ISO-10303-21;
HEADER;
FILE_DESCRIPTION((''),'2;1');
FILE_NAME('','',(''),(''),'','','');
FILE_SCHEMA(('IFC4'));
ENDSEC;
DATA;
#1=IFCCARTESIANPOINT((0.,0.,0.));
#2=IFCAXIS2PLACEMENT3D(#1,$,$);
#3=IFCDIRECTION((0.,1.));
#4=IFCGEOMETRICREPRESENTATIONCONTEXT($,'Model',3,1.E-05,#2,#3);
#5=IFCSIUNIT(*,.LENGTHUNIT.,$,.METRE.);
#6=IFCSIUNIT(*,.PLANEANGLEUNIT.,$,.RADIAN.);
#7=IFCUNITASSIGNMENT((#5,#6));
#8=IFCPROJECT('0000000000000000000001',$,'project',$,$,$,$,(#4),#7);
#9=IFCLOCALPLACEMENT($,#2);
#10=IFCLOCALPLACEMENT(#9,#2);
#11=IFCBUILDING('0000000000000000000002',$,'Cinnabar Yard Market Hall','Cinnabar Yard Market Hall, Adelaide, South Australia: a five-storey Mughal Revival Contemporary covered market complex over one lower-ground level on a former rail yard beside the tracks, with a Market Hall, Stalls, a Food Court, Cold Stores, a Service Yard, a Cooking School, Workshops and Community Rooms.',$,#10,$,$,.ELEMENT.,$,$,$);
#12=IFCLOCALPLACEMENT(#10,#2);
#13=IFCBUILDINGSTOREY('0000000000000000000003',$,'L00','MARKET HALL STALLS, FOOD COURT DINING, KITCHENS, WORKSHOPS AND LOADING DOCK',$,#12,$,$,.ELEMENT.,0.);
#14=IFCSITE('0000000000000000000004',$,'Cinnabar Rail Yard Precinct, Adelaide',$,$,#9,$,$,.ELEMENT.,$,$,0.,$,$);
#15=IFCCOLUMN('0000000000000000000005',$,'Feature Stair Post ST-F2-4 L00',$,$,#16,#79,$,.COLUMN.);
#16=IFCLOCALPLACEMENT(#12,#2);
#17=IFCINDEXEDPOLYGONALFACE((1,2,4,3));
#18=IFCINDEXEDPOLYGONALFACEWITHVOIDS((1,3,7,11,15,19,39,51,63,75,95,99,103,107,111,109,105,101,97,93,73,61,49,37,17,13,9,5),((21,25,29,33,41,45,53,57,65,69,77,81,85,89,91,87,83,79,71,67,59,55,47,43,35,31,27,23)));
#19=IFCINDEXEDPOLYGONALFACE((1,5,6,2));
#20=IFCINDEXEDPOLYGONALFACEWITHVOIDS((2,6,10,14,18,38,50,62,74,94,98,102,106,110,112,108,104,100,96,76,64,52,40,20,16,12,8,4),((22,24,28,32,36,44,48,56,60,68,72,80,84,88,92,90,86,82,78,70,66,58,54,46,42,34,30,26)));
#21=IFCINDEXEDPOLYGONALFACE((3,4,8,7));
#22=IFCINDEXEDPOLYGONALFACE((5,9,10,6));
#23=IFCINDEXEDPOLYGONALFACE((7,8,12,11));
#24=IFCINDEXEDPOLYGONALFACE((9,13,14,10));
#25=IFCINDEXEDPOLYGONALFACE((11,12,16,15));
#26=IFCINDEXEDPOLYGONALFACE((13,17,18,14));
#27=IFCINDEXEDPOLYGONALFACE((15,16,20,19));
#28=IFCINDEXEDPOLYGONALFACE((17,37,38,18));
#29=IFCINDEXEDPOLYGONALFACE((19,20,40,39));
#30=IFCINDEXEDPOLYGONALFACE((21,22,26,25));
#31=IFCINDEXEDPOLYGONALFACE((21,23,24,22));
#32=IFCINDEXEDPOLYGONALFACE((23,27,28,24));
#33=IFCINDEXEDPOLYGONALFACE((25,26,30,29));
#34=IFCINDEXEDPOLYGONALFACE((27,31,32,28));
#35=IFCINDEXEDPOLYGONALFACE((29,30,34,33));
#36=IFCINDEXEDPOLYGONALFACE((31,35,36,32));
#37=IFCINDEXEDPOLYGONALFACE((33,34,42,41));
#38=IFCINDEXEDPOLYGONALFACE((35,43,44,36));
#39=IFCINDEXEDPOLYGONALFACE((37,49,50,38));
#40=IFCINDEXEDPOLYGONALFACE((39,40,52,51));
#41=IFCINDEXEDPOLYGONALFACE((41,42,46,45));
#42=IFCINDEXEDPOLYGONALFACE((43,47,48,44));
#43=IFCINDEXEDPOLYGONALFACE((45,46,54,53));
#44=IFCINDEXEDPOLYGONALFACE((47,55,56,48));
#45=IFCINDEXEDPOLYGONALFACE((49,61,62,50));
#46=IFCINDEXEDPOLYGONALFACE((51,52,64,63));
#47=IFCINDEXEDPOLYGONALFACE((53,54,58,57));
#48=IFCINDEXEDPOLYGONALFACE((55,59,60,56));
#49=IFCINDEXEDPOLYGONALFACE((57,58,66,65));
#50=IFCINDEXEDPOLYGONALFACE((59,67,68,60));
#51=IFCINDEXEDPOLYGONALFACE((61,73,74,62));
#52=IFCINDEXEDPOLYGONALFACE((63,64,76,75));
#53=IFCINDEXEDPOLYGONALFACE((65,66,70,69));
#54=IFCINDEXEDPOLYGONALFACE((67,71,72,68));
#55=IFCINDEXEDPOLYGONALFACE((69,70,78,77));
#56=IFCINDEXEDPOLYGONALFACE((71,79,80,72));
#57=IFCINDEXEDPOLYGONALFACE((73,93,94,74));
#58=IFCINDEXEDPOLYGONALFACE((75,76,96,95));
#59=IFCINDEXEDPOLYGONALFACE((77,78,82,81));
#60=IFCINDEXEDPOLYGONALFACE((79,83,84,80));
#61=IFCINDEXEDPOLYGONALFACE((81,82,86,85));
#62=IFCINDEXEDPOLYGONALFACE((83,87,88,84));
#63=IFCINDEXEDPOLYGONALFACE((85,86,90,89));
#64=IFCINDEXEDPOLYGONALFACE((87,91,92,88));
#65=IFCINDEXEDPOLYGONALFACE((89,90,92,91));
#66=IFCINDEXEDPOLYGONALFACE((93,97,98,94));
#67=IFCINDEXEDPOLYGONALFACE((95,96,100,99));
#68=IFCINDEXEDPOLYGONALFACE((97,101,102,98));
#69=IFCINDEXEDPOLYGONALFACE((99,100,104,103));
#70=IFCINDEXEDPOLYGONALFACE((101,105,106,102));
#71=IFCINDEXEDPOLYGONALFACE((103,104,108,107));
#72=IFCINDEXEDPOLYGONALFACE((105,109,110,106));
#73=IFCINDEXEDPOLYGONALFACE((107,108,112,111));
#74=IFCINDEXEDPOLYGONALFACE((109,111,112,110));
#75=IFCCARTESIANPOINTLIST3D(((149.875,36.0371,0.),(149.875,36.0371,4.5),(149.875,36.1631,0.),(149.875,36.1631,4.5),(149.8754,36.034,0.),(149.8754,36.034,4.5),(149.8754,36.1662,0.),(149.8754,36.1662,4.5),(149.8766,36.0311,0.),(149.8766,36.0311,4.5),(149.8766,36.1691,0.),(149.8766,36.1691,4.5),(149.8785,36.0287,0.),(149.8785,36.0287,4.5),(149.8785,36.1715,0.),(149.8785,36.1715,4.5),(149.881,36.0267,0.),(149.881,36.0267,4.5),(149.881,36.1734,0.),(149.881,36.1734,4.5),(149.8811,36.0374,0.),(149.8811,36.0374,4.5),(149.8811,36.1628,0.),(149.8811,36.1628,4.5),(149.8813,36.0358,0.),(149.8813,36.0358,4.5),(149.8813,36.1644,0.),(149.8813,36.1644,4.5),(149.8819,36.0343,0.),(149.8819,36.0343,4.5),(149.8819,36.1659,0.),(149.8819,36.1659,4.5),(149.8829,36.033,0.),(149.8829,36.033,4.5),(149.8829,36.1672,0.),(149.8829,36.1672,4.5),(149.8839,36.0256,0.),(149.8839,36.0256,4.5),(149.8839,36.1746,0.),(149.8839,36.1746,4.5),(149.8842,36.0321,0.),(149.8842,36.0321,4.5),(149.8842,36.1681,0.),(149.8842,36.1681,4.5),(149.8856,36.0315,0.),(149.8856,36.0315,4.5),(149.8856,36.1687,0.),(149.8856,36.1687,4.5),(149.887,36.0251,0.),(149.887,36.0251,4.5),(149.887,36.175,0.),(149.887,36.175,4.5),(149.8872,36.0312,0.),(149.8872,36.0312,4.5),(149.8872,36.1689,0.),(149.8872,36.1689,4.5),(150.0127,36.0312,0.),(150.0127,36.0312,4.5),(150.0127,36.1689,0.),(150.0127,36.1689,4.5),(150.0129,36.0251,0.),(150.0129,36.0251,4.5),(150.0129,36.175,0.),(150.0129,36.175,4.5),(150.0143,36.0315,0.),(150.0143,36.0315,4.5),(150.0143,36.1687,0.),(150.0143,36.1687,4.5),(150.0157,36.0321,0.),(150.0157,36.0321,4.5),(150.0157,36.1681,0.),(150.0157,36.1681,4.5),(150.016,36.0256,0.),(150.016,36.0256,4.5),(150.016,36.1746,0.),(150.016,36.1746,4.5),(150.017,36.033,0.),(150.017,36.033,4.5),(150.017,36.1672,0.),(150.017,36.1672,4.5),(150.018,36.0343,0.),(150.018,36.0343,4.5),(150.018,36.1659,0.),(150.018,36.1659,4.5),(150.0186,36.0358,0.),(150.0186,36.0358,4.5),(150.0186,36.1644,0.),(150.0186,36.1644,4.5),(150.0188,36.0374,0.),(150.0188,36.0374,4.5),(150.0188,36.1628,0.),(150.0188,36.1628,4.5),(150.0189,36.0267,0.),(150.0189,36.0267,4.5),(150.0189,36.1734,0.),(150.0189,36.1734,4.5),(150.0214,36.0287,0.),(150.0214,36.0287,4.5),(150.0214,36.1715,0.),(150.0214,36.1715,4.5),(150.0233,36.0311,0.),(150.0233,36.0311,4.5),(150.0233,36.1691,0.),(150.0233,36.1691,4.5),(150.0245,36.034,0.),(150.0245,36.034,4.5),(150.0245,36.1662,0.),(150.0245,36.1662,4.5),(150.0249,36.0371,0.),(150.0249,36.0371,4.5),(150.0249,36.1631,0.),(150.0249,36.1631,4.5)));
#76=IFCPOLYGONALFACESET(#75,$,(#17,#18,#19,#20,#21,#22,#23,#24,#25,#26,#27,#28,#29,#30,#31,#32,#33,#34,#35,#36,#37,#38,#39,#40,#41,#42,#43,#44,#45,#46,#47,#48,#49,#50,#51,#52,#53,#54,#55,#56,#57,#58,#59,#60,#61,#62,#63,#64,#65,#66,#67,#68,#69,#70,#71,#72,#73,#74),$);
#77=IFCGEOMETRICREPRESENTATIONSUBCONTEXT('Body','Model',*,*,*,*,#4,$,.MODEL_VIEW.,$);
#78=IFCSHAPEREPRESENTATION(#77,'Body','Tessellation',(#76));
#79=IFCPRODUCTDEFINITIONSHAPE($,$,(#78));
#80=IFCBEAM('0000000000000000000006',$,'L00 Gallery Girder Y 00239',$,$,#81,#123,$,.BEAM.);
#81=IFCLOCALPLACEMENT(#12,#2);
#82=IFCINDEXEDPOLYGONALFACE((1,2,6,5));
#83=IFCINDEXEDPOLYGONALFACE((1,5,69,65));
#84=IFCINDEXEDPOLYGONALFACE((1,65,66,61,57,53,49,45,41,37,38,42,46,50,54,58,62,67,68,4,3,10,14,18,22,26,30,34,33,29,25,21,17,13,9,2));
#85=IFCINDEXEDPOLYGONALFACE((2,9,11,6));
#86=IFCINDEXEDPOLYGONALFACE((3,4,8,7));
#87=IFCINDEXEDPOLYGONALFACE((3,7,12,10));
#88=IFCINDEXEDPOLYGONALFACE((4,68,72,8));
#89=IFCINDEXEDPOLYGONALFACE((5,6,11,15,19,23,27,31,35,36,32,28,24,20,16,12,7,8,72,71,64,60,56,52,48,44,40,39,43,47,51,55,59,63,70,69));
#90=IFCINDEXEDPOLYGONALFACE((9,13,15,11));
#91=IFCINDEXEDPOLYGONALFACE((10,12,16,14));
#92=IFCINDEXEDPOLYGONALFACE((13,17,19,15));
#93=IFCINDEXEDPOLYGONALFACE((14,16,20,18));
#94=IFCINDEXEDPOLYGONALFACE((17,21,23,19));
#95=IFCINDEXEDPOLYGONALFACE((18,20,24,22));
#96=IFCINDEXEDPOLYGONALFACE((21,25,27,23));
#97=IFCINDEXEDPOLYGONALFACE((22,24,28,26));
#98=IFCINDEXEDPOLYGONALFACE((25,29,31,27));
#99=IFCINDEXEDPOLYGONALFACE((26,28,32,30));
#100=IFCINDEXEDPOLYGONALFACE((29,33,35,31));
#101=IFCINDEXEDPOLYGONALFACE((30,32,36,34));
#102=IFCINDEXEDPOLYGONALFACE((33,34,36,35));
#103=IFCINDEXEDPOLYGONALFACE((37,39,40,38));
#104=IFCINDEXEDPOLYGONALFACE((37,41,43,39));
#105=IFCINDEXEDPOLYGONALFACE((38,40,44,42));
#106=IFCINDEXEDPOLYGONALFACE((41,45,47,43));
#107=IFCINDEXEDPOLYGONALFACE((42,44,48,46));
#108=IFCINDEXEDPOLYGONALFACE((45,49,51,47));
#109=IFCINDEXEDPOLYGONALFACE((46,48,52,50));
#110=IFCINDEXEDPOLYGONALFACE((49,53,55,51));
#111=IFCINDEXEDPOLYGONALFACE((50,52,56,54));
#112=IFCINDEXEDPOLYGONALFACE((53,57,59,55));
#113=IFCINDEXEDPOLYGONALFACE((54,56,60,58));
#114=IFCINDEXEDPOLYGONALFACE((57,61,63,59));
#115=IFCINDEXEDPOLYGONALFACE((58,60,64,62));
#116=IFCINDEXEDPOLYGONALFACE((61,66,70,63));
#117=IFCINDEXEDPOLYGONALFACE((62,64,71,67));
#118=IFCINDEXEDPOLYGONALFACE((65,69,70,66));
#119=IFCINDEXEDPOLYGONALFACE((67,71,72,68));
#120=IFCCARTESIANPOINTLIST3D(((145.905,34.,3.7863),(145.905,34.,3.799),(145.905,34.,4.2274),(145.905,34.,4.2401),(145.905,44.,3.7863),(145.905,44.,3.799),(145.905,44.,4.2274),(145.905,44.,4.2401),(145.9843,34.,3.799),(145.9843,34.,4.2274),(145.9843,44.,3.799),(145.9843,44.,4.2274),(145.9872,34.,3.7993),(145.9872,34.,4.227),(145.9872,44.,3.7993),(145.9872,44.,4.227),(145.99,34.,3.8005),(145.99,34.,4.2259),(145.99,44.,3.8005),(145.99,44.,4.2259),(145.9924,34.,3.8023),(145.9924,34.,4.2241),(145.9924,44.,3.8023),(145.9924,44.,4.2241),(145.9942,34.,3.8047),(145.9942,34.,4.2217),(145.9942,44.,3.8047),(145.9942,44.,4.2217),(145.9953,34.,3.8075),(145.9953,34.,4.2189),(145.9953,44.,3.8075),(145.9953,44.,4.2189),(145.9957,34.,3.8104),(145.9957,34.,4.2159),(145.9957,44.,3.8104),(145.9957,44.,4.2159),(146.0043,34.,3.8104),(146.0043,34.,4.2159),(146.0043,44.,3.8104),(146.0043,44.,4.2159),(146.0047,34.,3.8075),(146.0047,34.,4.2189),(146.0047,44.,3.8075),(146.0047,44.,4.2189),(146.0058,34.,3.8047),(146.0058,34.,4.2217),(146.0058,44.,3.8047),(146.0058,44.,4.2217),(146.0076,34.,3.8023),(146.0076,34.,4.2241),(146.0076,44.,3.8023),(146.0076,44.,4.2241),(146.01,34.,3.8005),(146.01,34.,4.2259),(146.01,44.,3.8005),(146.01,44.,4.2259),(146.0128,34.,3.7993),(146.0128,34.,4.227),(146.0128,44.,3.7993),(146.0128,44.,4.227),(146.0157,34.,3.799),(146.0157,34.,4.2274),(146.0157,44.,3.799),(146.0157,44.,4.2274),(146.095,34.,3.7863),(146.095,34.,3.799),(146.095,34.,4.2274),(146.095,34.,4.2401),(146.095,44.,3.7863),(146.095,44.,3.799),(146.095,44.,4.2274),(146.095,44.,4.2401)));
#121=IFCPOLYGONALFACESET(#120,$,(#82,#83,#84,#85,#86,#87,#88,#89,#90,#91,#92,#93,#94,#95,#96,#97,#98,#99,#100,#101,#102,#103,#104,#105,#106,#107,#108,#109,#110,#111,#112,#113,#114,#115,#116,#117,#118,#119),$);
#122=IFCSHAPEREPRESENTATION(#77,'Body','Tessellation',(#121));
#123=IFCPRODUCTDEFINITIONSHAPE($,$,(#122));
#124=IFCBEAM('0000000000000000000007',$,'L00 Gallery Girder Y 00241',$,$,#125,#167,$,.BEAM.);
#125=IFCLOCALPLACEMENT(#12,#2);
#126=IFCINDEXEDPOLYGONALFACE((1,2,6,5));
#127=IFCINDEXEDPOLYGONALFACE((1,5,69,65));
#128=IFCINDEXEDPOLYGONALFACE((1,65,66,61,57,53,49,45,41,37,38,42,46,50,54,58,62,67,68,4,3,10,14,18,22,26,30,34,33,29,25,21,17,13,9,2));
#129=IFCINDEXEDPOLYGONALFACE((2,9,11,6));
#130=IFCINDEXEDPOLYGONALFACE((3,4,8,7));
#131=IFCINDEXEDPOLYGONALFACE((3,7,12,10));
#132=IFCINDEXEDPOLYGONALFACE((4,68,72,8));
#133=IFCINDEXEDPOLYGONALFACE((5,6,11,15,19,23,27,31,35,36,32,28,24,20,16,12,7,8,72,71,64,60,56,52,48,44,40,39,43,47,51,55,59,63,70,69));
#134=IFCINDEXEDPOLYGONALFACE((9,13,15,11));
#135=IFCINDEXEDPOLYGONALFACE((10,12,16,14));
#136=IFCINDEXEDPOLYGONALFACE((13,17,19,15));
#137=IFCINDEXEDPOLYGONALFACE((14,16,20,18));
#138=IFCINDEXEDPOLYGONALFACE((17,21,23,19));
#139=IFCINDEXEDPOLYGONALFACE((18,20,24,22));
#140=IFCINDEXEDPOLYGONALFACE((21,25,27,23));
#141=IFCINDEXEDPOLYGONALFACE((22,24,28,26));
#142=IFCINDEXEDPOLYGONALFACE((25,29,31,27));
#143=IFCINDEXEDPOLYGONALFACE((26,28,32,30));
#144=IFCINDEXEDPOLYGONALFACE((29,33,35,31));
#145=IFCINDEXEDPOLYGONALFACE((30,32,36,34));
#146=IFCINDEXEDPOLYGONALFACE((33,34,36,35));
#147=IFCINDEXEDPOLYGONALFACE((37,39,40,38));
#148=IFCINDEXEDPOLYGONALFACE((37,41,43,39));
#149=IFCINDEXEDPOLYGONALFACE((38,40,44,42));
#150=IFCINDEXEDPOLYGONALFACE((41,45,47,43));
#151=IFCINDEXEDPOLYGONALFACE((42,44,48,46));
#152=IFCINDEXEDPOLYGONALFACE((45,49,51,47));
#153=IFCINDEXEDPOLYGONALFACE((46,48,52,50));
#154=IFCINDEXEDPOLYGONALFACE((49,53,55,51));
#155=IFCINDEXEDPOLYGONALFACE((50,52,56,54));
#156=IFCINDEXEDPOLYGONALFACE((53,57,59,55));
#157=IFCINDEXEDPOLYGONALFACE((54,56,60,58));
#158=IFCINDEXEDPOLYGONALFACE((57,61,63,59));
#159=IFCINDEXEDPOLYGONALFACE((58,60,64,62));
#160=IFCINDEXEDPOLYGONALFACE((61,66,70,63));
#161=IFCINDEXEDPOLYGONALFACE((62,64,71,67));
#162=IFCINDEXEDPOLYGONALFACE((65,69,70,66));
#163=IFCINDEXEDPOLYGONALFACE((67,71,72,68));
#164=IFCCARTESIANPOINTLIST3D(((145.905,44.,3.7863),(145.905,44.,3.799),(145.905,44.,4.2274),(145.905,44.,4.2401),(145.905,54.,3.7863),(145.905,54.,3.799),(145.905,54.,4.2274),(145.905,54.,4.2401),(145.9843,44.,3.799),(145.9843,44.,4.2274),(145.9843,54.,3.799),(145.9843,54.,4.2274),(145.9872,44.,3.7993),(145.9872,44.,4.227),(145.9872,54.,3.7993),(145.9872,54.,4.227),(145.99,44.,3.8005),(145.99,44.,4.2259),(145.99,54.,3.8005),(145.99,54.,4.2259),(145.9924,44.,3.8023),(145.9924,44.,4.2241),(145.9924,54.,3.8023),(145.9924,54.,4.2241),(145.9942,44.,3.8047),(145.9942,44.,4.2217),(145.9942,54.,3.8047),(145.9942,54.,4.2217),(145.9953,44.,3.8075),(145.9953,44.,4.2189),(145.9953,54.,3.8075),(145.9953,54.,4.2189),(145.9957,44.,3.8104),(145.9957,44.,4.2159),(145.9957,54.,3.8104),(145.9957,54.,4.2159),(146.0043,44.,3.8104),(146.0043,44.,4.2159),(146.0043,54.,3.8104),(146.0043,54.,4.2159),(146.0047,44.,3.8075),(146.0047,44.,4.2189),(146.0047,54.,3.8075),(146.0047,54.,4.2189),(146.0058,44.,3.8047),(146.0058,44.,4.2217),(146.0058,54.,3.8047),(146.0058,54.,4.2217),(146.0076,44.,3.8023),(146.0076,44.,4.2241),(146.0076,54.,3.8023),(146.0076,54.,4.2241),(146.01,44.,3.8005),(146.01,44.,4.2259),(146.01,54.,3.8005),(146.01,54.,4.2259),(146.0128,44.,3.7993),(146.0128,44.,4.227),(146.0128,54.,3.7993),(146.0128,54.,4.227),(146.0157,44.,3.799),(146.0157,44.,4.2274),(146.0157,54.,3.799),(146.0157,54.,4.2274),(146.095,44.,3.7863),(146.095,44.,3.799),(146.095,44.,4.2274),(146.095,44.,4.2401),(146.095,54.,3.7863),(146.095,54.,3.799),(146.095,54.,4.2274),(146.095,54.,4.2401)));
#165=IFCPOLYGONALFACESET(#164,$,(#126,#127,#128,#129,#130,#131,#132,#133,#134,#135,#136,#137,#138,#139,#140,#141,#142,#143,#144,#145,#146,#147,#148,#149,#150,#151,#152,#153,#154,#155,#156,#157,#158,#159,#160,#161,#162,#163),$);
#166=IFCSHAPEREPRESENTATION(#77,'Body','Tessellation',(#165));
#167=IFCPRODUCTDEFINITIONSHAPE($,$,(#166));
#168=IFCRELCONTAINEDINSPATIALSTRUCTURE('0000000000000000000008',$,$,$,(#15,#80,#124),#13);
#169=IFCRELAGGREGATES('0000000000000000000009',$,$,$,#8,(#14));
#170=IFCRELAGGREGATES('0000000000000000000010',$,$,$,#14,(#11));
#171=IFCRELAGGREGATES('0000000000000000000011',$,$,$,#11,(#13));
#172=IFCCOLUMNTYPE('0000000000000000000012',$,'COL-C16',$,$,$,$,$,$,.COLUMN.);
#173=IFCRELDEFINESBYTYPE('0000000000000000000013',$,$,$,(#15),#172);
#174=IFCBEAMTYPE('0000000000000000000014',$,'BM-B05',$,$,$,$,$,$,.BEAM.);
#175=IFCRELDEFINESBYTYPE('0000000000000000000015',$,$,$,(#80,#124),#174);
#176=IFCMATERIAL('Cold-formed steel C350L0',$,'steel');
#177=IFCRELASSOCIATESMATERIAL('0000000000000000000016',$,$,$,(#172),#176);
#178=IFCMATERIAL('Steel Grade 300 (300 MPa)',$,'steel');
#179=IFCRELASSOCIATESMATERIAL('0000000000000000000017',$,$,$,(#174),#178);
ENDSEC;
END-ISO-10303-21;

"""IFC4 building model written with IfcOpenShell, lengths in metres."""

from ifc_helpers import new_model, si_unit, direction, frame, origin, origin_2d_with_axis, place, context, subcontext, project, spatial, hollow_rectangle, i_section, extrude, material, material_profile, profile_set, type_object, element, save


model = new_model("IFC4")

# Units and contexts
model_context = context("Model", 3, precision=1e-05, world=origin(), true_north=direction((0.0, 1.0)))
body_context = subcontext(model_context, "Body", "Model", "MODEL_VIEW")
ifc_project = project(units=[si_unit("LENGTHUNIT", "METRE"), si_unit("PLANEANGLEUNIT", "RADIAN")], contexts=[model_context])

# Site, building, storey
site_placement = place(None, origin())
site = spatial("IfcSite", under=ifc_project, at=site_placement, Name="Cinnabar Rail Yard Precinct, Adelaide", CompositionType="ELEMENT", RefElevation=0.0)
building_placement = place(site_placement, origin())
building = spatial("IfcBuilding", under=site, at=building_placement, Name="Cinnabar Yard Market Hall", Description="Cinnabar Yard Market Hall, Adelaide, South Australia: a five-storey Mughal Revival Contemporary covered market complex over one lower-ground level on a former rail yard beside the tracks, with a Market Hall, Stalls, a Food Court, Cold Stores, a Service Yard, a Cooking School, Workshops and Community Rooms.", CompositionType="ELEMENT")
storey_placement = place(building_placement, origin())
storey = spatial("IfcBuildingStorey", under=building, at=storey_placement, Name="L00", Description="MARKET HALL STALLS, FOOD COURT DINING, KITCHENS, WORKSHOPS AND LOADING DOCK", CompositionType="ELEMENT", Elevation=0.0)

# Column
ifc_material_1 = material(Name="Cold-formed steel C350L0", Category="steel")
ifc_material_profile_1 = material_profile(ifc_material_1, hollow_rectangle(XDim=0.1499, YDim=0.1499, WallThickness=0.0061, InnerFilletRadius=0.0061, OuterFilletRadius=0.012, at=origin_2d_with_axis()), Name="150x150x6.0SHS")
ifc_profile_set_1 = profile_set([ifc_material_profile_1], Name="Cold-formed steel C350L0")
column_type_1 = type_object("IfcColumnType", Name="COL-C16", PredefinedType="COLUMN", material=ifc_profile_set_1)
for number, where, z_axis, x_axis, name in (
    (1, (149.95, 36.1001, 0.0), (0.0, 0.0, 1.0), (1.0, 0.0, 0.0), "Feature Stair Post ST-F2-4 L00"),
):
    element("IfcColumn", number, at=place(storey_placement, frame(where, z_axis=z_axis, x_axis=x_axis)), inside=storey, type_object=column_type_1, Name=name, PredefinedType="COLUMN", context=body_context, shape_type="SweptSolid", body=[
        extrude(hollow_rectangle(XDim=0.1499, YDim=0.1499, WallThickness=0.0061, InnerFilletRadius=0.0061, OuterFilletRadius=0.012, at=origin_2d_with_axis()), origin(), (0.0, 0.0, 1.0), 4.5),
    ])

# Beams
ifc_material_2 = material(Name="Steel Grade 300 (300 MPa)", Category="steel")
ifc_material_profile_2 = material_profile(ifc_material_2, i_section(OverallWidth=0.1899, OverallDepth=0.4539, WebThickness=0.0085, FlangeThickness=0.0127, FilletRadius=0.0115, at=origin_2d_with_axis()), Name="460UB67.1")
ifc_profile_set_2 = profile_set([ifc_material_profile_2], Name="Steel Grade 300 (300 MPa)")
beam_type_1 = type_object("IfcBeamType", Name="BM-B05", PredefinedType="BEAM", material=ifc_profile_set_2)
for number, where, z_axis, x_axis, name in (
    (2, (146.0, 34.0, 4.0132), (0.0, 1.0, 0.0), (-1.0, 0.0, 0.0), "L00 Gallery Girder Y 00239"),
    (3, (146.0, 44.0, 4.0132), (0.0, 1.0, 0.0), (-1.0, 0.0, 0.0), "L00 Gallery Girder Y 00241"),
):
    element("IfcBeam", number, at=place(storey_placement, frame(where, z_axis=z_axis, x_axis=x_axis)), inside=storey, type_object=beam_type_1, Name=name, PredefinedType="BEAM", context=body_context, shape_type="SweptSolid", body=[
        extrude(i_section(OverallWidth=0.1899, OverallDepth=0.4539, WebThickness=0.0085, FlangeThickness=0.0127, FilletRadius=0.0115, at=origin_2d_with_axis()), origin(), (0.0, 0.0, 1.0), 10.0),
    ])

save(model, "model.ifc")
